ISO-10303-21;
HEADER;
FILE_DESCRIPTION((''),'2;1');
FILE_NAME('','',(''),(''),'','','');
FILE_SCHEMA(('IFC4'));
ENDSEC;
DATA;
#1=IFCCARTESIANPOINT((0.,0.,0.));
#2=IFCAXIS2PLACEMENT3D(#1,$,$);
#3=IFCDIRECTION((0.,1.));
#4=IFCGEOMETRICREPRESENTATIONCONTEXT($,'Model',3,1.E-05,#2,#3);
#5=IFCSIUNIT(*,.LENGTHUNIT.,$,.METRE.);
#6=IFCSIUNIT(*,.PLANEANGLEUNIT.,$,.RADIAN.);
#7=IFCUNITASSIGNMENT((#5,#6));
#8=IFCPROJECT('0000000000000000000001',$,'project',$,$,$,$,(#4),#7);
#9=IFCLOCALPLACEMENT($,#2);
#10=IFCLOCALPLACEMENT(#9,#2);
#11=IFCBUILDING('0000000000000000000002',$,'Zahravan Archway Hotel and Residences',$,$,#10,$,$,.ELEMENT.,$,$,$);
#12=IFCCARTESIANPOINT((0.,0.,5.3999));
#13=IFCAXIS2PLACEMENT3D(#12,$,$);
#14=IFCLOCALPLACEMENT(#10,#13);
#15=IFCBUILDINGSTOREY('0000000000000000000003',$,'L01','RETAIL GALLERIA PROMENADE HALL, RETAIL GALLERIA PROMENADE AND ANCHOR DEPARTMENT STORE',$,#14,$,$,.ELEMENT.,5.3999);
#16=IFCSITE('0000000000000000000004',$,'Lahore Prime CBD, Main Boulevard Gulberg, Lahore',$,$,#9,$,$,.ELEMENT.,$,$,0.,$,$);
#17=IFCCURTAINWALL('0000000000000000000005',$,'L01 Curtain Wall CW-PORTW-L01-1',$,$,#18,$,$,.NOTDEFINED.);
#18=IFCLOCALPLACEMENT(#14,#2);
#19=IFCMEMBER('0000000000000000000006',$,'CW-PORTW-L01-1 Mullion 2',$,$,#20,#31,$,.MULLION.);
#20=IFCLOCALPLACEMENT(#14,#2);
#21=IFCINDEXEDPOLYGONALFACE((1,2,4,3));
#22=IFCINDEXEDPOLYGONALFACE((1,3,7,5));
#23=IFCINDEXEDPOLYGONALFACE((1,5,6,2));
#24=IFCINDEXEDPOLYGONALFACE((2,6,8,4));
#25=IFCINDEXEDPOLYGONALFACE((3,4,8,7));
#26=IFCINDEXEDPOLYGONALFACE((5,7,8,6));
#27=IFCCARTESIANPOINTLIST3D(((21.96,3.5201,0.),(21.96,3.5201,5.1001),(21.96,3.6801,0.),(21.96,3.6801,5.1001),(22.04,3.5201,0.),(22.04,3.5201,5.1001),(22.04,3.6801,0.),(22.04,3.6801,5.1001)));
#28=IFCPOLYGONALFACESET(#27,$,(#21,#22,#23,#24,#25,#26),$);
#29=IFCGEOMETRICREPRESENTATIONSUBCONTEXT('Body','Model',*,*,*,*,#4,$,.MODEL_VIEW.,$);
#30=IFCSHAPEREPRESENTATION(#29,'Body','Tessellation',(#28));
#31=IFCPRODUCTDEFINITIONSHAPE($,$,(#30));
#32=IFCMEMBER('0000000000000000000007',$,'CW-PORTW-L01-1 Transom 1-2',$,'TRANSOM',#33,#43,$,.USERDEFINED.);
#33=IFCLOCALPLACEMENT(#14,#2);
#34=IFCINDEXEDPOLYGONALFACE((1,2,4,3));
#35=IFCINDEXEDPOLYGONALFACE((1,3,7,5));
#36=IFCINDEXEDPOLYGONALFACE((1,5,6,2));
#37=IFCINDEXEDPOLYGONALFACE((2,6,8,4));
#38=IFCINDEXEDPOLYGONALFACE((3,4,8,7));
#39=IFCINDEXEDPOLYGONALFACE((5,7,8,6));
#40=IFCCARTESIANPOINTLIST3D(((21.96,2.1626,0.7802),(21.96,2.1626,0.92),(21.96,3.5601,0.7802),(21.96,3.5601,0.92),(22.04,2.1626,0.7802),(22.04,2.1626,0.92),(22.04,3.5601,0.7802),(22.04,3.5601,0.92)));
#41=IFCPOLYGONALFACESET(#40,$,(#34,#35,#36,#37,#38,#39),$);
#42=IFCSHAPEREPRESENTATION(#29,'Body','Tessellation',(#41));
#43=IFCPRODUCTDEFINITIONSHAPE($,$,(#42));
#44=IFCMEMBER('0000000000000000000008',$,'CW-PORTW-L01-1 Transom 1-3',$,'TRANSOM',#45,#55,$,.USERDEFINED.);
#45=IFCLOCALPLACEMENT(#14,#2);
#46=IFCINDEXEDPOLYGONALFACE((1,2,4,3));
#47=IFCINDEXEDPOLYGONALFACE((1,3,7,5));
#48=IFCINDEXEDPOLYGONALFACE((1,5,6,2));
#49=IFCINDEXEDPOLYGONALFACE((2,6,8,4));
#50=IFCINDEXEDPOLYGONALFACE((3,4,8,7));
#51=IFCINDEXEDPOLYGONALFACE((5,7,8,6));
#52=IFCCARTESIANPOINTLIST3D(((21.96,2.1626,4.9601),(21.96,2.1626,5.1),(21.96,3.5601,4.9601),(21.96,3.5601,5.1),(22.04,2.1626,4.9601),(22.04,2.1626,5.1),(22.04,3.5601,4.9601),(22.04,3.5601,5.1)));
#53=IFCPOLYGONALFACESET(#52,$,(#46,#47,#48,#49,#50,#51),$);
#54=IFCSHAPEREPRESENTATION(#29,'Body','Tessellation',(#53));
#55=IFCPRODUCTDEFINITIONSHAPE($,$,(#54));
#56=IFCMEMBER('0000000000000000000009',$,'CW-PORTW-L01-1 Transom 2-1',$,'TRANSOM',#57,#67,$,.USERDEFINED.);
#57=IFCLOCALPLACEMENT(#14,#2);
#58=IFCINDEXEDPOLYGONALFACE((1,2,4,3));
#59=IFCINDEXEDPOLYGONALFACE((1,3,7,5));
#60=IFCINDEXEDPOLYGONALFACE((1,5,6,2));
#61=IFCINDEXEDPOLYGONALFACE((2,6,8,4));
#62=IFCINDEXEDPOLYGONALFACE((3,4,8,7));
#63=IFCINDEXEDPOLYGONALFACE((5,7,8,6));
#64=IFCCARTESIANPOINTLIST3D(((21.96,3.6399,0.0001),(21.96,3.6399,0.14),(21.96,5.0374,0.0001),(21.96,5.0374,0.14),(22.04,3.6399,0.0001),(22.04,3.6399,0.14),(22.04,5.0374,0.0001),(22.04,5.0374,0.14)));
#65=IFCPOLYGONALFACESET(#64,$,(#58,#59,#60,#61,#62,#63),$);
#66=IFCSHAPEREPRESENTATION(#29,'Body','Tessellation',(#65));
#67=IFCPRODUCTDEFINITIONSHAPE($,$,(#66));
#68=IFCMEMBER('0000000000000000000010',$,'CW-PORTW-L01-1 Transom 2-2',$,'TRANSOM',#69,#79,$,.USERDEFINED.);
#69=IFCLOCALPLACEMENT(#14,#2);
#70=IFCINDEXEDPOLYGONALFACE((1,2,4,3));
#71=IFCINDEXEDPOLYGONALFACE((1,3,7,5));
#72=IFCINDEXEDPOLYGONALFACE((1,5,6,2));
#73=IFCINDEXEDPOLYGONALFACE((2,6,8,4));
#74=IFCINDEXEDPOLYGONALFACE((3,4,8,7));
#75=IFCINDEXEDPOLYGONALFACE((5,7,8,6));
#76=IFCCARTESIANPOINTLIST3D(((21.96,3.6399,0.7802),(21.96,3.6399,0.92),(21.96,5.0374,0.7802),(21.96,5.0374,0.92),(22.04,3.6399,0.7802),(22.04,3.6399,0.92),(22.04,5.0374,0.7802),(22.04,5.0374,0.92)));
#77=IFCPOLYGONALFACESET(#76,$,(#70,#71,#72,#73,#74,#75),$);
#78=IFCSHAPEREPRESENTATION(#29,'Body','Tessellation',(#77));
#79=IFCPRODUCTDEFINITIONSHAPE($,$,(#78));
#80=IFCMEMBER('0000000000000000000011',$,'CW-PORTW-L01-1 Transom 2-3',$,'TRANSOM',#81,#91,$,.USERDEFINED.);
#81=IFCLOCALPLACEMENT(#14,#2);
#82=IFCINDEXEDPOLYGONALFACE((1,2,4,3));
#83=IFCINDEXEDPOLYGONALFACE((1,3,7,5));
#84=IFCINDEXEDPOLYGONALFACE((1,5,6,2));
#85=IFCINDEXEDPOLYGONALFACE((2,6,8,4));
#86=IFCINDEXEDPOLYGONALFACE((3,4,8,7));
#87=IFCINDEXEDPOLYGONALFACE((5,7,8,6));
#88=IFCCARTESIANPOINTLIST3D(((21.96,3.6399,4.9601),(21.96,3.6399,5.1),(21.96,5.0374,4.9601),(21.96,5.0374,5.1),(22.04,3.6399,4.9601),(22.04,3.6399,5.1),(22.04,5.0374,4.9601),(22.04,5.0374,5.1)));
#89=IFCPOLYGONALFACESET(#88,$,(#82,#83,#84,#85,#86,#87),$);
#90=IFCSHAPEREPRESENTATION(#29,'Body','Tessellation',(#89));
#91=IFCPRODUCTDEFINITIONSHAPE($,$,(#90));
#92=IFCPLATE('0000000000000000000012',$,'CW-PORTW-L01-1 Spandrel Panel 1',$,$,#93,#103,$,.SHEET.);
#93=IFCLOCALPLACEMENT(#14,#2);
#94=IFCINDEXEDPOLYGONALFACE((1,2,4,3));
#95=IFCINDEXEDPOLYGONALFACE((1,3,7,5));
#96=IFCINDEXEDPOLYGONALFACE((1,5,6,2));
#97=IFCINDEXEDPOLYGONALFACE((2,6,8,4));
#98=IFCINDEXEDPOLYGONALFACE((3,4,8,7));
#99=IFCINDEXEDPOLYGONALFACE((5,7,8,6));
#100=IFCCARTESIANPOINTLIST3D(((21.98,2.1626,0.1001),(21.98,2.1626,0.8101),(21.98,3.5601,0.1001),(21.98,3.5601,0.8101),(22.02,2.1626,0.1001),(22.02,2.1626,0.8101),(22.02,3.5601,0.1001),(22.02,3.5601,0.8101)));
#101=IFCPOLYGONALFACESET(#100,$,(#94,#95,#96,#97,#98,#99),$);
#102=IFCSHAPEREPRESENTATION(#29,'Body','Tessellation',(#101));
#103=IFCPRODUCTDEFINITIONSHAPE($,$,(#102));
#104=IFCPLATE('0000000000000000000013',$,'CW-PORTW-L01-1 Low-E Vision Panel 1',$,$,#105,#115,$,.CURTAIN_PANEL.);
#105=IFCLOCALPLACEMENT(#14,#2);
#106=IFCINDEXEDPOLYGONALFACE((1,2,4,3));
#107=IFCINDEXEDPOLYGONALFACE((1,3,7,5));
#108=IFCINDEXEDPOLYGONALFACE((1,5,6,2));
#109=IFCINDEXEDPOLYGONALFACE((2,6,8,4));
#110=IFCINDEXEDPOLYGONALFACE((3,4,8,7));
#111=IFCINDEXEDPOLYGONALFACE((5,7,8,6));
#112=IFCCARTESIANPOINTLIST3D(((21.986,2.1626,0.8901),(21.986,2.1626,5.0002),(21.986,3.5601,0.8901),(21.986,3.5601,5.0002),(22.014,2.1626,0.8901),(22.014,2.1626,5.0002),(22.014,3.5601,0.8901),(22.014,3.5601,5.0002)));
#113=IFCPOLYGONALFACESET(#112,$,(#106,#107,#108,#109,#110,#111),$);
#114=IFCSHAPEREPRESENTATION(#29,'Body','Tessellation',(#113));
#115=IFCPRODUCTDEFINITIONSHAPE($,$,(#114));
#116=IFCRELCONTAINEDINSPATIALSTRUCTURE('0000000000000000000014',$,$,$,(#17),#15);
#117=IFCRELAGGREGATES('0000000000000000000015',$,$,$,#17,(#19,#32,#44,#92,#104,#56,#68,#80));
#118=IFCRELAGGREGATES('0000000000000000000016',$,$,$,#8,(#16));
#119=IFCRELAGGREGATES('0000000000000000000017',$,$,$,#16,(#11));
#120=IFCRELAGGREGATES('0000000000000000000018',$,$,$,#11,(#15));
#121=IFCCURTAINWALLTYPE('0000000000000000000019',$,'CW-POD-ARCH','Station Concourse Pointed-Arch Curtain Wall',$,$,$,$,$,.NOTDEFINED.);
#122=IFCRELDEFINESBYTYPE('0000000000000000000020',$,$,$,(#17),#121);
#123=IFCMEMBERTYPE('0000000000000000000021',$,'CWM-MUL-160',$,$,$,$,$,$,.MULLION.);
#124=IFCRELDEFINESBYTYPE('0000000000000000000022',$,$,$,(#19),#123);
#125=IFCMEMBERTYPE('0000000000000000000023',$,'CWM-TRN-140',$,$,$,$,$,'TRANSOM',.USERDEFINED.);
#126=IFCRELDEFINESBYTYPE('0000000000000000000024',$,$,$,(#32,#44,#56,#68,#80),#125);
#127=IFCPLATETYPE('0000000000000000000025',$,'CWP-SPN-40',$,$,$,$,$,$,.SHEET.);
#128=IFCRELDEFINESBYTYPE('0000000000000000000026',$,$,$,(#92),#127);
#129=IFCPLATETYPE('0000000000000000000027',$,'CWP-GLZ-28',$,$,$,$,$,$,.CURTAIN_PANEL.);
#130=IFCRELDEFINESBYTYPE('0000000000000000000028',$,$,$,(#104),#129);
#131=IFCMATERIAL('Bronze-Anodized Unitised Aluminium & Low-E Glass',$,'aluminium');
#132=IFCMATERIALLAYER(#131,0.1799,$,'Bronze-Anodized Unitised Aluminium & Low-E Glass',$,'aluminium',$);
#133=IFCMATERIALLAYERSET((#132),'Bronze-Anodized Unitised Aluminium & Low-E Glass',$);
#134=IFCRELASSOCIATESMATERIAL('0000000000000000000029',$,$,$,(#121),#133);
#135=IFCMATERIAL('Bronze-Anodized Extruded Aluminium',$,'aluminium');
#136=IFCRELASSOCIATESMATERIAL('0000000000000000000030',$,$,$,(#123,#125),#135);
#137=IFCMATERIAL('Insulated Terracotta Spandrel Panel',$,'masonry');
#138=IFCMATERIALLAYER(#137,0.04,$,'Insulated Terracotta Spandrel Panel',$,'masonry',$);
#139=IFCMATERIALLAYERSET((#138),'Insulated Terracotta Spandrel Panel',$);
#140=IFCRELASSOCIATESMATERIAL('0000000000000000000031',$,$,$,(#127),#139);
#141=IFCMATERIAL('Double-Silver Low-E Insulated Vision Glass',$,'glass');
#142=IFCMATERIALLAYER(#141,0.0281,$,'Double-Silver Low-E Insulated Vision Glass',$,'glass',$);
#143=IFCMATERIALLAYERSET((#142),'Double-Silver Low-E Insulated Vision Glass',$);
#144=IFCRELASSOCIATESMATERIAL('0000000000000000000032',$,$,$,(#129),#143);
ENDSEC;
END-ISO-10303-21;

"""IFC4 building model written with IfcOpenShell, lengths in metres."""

from ifc_helpers import new_model, si_unit, direction, frame, origin, origin_2d, place, context, subcontext, project, spatial, rectangle, extrude, source, transform, mapped, material, layer, layer_set, material_profile, profile_set, type_object, element, aggregate, save


model = new_model("IFC4")

# Units and contexts
model_context = context("Model", 3, precision=1e-05, world=origin(), true_north=direction((0.0, 1.0)))
body_context = subcontext(model_context, "Body", "Model", "MODEL_VIEW")
ifc_project = project(units=[si_unit("LENGTHUNIT", "METRE"), si_unit("PLANEANGLEUNIT", "RADIAN")], contexts=[model_context])

# Site, building, storey
site_placement = place(None, origin())
site = spatial("IfcSite", under=ifc_project, at=site_placement, Name="Lahore Prime CBD, Main Boulevard Gulberg, Lahore", CompositionType="ELEMENT", RefElevation=0.0)
building_placement = place(site_placement, origin())
building = spatial("IfcBuilding", under=site, at=building_placement, Name="Zahravan Archway Hotel and Residences", CompositionType="ELEMENT")
storey_placement = place(building_placement, frame((0.0, 0.0, 5.3999)))
storey = spatial("IfcBuildingStorey", under=building, at=storey_placement, Name="L01", Description="RETAIL GALLERIA PROMENADE HALL, RETAIL GALLERIA PROMENADE AND ANCHOR DEPARTMENT STORE", CompositionType="ELEMENT", Elevation=5.3999)

# Curtain wall, members, plates
ifc_material_1 = material(Name="Bronze-Anodized Unitised Aluminium & Low-E Glass", Category="aluminium")
ifc_layer_1 = layer(ifc_material_1, 0.1799, Name="Bronze-Anodized Unitised Aluminium & Low-E Glass", Category="aluminium")
ifc_layer_set_1 = layer_set([ifc_layer_1], Name="Bronze-Anodized Unitised Aluminium & Low-E Glass")
curtain_wall_type = type_object("IfcCurtainWallType", Name="CW-POD-ARCH", Description="Station Concourse Pointed-Arch Curtain Wall", PredefinedType="NOTDEFINED", material=ifc_layer_set_1)
curtain_wall_placement = place(storey_placement, origin())
curtain_wall = element("IfcCurtainWall", 1, at=curtain_wall_placement, inside=storey, type_object=curtain_wall_type, Name="L01 Curtain Wall CW-PORTW-L01-1", PredefinedType="NOTDEFINED")
ifc_material_2 = material(Name="Bronze-Anodized Extruded Aluminium", Category="aluminium")
ifc_material_profile_1 = material_profile(ifc_material_2, rectangle(XDim=0.0801, YDim=0.1599, at=origin_2d()), Name="MUL 80x160", Category="aluminium")
ifc_profile_set_1 = profile_set([ifc_material_profile_1], Name="Bronze-Anodized Extruded Aluminium")
member_type_1 = type_object("IfcMemberType", Name="CWM-MUL-160", PredefinedType="MULLION", material=ifc_profile_set_1)
shared_shape_1 = source(origin(), body_context, "Body", "SweptSolid", [
    extrude(rectangle(XDim=0.0801, YDim=0.1599, at=origin_2d()), origin(), (0.0, 0.0, 1.0), 5.1001),
])
member_1_placement = place(storey_placement, frame((22.0, 3.6001, 0.0), z_axis=(0.0, 0.0, 1.0), x_axis=(1.0, 0.0, 0.0)))
member_1 = element("IfcMember", 2, at=member_1_placement, type_object=member_type_1, Name="CW-PORTW-L01-1 Mullion 2", PredefinedType="MULLION", context=body_context, shape_type="MappedRepresentation", body=[
    mapped(shared_shape_1, transform((0.0, 0.0, 0.0), scale=1.0)),
])
ifc_material_profile_2 = material_profile(ifc_material_2, rectangle(XDim=0.0801, YDim=0.1399, at=origin_2d()), Name="TRN 80x140", Category="aluminium")
ifc_profile_set_2 = profile_set([ifc_material_profile_2], Name="Bronze-Anodized Extruded Aluminium")
member_type_2 = type_object("IfcMemberType", Name="CWM-TRN-140", ElementType="TRANSOM", PredefinedType="USERDEFINED", material=ifc_profile_set_2)
shared_shape_2 = source(origin(), body_context, "Body", "SweptSolid", [
    extrude(rectangle(XDim=0.0801, YDim=0.1399, at=origin_2d()), origin(), (0.0, 0.0, 1.0), 1.3975),
])
member_2_placement = place(storey_placement, frame((22.0, 2.1626, 0.8501), z_axis=(0.0, 1.0, 0.0), x_axis=(-1.0, 0.0, 0.0)))
member_2 = element("IfcMember", 3, at=member_2_placement, type_object=member_type_2, Name="CW-PORTW-L01-1 Transom 1-2", ObjectType="TRANSOM", PredefinedType="USERDEFINED", context=body_context, shape_type="MappedRepresentation", body=[
    mapped(shared_shape_2, transform((0.0, 0.0, 0.0), scale=1.0)),
])
member_3_placement = place(storey_placement, frame((22.0, 2.1626, 5.03), z_axis=(0.0, 1.0, 0.0), x_axis=(-1.0, 0.0, 0.0)))
member_3 = element("IfcMember", 4, at=member_3_placement, type_object=member_type_2, Name="CW-PORTW-L01-1 Transom 1-3", ObjectType="TRANSOM", PredefinedType="USERDEFINED", context=body_context, shape_type="MappedRepresentation", body=[
    mapped(shared_shape_2, transform((0.0, 0.0, 0.0), scale=1.0)),
])
member_4_placement = place(storey_placement, frame((22.0, 3.6399, 0.0701), z_axis=(0.0, 1.0, 0.0), x_axis=(-1.0, 0.0, 0.0)))
member_4 = element("IfcMember", 5, at=member_4_placement, type_object=member_type_2, Name="CW-PORTW-L01-1 Transom 2-1", ObjectType="TRANSOM", PredefinedType="USERDEFINED", context=body_context, shape_type="MappedRepresentation", body=[
    mapped(shared_shape_2, transform((0.0, 0.0, 0.0), scale=1.0)),
])
member_5_placement = place(storey_placement, frame((22.0, 3.6399, 0.8501), z_axis=(0.0, 1.0, 0.0), x_axis=(-1.0, 0.0, 0.0)))
member_5 = element("IfcMember", 6, at=member_5_placement, type_object=member_type_2, Name="CW-PORTW-L01-1 Transom 2-2", ObjectType="TRANSOM", PredefinedType="USERDEFINED", context=body_context, shape_type="MappedRepresentation", body=[
    mapped(shared_shape_2, transform((0.0, 0.0, 0.0), scale=1.0)),
])
member_6_placement = place(storey_placement, frame((22.0, 3.6399, 5.03), z_axis=(0.0, 1.0, 0.0), x_axis=(-1.0, 0.0, 0.0)))
member_6 = element("IfcMember", 7, at=member_6_placement, type_object=member_type_2, Name="CW-PORTW-L01-1 Transom 2-3", ObjectType="TRANSOM", PredefinedType="USERDEFINED", context=body_context, shape_type="MappedRepresentation", body=[
    mapped(shared_shape_2, transform((0.0, 0.0, 0.0), scale=1.0)),
])
ifc_material_3 = material(Name="Insulated Terracotta Spandrel Panel", Category="masonry")
ifc_layer_2 = layer(ifc_material_3, 0.04, Name="Insulated Terracotta Spandrel Panel", Category="masonry")
ifc_layer_set_2 = layer_set([ifc_layer_2], Name="Insulated Terracotta Spandrel Panel")
plate_type_1 = type_object("IfcPlateType", Name="CWP-SPN-40", PredefinedType="SHEET", material=ifc_layer_set_2)
shared_shape_3 = source(origin(), body_context, "Body", "SweptSolid", [
    extrude(rectangle(XDim=1.3975, YDim=0.04, at=origin_2d()), origin(), (0.0, 0.0, 1.0), 0.71),
])
plate_1_placement = place(storey_placement, frame((22.0, 2.8613, 0.1001), z_axis=(0.0, 0.0, 1.0), x_axis=(0.0, 1.0, 0.0)))
plate_1 = element("IfcPlate", 8, at=plate_1_placement, type_object=plate_type_1, Name="CW-PORTW-L01-1 Spandrel Panel 1", PredefinedType="SHEET", context=body_context, shape_type="MappedRepresentation", body=[
    mapped(shared_shape_3, transform((0.0, 0.0, 0.0), scale=1.0)),
])
ifc_material_4 = material(Name="Double-Silver Low-E Insulated Vision Glass", Category="glass")
ifc_layer_3 = layer(ifc_material_4, 0.0281, Name="Double-Silver Low-E Insulated Vision Glass", Category="glass")
ifc_layer_set_3 = layer_set([ifc_layer_3], Name="Double-Silver Low-E Insulated Vision Glass")
plate_type_2 = type_object("IfcPlateType", Name="CWP-GLZ-28", PredefinedType="CURTAIN_PANEL", material=ifc_layer_set_3)
shared_shape_4 = source(origin(), body_context, "Body", "SweptSolid", [
    extrude(rectangle(XDim=1.3975, YDim=0.0281, at=origin_2d()), origin(), (0.0, 0.0, 1.0), 4.1101),
])
plate_2_placement = place(storey_placement, frame((22.0, 2.8613, 0.8901), z_axis=(0.0, 0.0, 1.0), x_axis=(0.0, 1.0, 0.0)))
plate_2 = element("IfcPlate", 9, at=plate_2_placement, type_object=plate_type_2, Name="CW-PORTW-L01-1 Low-E Vision Panel 1", PredefinedType="CURTAIN_PANEL", context=body_context, shape_type="MappedRepresentation", body=[
    mapped(shared_shape_4, transform((0.0, 0.0, 0.0), scale=1.0)),
])
aggregate(curtain_wall, [member_1, member_2, member_3, plate_1, plate_2, member_4, member_5, member_6])

save(model, "model.ifc")
